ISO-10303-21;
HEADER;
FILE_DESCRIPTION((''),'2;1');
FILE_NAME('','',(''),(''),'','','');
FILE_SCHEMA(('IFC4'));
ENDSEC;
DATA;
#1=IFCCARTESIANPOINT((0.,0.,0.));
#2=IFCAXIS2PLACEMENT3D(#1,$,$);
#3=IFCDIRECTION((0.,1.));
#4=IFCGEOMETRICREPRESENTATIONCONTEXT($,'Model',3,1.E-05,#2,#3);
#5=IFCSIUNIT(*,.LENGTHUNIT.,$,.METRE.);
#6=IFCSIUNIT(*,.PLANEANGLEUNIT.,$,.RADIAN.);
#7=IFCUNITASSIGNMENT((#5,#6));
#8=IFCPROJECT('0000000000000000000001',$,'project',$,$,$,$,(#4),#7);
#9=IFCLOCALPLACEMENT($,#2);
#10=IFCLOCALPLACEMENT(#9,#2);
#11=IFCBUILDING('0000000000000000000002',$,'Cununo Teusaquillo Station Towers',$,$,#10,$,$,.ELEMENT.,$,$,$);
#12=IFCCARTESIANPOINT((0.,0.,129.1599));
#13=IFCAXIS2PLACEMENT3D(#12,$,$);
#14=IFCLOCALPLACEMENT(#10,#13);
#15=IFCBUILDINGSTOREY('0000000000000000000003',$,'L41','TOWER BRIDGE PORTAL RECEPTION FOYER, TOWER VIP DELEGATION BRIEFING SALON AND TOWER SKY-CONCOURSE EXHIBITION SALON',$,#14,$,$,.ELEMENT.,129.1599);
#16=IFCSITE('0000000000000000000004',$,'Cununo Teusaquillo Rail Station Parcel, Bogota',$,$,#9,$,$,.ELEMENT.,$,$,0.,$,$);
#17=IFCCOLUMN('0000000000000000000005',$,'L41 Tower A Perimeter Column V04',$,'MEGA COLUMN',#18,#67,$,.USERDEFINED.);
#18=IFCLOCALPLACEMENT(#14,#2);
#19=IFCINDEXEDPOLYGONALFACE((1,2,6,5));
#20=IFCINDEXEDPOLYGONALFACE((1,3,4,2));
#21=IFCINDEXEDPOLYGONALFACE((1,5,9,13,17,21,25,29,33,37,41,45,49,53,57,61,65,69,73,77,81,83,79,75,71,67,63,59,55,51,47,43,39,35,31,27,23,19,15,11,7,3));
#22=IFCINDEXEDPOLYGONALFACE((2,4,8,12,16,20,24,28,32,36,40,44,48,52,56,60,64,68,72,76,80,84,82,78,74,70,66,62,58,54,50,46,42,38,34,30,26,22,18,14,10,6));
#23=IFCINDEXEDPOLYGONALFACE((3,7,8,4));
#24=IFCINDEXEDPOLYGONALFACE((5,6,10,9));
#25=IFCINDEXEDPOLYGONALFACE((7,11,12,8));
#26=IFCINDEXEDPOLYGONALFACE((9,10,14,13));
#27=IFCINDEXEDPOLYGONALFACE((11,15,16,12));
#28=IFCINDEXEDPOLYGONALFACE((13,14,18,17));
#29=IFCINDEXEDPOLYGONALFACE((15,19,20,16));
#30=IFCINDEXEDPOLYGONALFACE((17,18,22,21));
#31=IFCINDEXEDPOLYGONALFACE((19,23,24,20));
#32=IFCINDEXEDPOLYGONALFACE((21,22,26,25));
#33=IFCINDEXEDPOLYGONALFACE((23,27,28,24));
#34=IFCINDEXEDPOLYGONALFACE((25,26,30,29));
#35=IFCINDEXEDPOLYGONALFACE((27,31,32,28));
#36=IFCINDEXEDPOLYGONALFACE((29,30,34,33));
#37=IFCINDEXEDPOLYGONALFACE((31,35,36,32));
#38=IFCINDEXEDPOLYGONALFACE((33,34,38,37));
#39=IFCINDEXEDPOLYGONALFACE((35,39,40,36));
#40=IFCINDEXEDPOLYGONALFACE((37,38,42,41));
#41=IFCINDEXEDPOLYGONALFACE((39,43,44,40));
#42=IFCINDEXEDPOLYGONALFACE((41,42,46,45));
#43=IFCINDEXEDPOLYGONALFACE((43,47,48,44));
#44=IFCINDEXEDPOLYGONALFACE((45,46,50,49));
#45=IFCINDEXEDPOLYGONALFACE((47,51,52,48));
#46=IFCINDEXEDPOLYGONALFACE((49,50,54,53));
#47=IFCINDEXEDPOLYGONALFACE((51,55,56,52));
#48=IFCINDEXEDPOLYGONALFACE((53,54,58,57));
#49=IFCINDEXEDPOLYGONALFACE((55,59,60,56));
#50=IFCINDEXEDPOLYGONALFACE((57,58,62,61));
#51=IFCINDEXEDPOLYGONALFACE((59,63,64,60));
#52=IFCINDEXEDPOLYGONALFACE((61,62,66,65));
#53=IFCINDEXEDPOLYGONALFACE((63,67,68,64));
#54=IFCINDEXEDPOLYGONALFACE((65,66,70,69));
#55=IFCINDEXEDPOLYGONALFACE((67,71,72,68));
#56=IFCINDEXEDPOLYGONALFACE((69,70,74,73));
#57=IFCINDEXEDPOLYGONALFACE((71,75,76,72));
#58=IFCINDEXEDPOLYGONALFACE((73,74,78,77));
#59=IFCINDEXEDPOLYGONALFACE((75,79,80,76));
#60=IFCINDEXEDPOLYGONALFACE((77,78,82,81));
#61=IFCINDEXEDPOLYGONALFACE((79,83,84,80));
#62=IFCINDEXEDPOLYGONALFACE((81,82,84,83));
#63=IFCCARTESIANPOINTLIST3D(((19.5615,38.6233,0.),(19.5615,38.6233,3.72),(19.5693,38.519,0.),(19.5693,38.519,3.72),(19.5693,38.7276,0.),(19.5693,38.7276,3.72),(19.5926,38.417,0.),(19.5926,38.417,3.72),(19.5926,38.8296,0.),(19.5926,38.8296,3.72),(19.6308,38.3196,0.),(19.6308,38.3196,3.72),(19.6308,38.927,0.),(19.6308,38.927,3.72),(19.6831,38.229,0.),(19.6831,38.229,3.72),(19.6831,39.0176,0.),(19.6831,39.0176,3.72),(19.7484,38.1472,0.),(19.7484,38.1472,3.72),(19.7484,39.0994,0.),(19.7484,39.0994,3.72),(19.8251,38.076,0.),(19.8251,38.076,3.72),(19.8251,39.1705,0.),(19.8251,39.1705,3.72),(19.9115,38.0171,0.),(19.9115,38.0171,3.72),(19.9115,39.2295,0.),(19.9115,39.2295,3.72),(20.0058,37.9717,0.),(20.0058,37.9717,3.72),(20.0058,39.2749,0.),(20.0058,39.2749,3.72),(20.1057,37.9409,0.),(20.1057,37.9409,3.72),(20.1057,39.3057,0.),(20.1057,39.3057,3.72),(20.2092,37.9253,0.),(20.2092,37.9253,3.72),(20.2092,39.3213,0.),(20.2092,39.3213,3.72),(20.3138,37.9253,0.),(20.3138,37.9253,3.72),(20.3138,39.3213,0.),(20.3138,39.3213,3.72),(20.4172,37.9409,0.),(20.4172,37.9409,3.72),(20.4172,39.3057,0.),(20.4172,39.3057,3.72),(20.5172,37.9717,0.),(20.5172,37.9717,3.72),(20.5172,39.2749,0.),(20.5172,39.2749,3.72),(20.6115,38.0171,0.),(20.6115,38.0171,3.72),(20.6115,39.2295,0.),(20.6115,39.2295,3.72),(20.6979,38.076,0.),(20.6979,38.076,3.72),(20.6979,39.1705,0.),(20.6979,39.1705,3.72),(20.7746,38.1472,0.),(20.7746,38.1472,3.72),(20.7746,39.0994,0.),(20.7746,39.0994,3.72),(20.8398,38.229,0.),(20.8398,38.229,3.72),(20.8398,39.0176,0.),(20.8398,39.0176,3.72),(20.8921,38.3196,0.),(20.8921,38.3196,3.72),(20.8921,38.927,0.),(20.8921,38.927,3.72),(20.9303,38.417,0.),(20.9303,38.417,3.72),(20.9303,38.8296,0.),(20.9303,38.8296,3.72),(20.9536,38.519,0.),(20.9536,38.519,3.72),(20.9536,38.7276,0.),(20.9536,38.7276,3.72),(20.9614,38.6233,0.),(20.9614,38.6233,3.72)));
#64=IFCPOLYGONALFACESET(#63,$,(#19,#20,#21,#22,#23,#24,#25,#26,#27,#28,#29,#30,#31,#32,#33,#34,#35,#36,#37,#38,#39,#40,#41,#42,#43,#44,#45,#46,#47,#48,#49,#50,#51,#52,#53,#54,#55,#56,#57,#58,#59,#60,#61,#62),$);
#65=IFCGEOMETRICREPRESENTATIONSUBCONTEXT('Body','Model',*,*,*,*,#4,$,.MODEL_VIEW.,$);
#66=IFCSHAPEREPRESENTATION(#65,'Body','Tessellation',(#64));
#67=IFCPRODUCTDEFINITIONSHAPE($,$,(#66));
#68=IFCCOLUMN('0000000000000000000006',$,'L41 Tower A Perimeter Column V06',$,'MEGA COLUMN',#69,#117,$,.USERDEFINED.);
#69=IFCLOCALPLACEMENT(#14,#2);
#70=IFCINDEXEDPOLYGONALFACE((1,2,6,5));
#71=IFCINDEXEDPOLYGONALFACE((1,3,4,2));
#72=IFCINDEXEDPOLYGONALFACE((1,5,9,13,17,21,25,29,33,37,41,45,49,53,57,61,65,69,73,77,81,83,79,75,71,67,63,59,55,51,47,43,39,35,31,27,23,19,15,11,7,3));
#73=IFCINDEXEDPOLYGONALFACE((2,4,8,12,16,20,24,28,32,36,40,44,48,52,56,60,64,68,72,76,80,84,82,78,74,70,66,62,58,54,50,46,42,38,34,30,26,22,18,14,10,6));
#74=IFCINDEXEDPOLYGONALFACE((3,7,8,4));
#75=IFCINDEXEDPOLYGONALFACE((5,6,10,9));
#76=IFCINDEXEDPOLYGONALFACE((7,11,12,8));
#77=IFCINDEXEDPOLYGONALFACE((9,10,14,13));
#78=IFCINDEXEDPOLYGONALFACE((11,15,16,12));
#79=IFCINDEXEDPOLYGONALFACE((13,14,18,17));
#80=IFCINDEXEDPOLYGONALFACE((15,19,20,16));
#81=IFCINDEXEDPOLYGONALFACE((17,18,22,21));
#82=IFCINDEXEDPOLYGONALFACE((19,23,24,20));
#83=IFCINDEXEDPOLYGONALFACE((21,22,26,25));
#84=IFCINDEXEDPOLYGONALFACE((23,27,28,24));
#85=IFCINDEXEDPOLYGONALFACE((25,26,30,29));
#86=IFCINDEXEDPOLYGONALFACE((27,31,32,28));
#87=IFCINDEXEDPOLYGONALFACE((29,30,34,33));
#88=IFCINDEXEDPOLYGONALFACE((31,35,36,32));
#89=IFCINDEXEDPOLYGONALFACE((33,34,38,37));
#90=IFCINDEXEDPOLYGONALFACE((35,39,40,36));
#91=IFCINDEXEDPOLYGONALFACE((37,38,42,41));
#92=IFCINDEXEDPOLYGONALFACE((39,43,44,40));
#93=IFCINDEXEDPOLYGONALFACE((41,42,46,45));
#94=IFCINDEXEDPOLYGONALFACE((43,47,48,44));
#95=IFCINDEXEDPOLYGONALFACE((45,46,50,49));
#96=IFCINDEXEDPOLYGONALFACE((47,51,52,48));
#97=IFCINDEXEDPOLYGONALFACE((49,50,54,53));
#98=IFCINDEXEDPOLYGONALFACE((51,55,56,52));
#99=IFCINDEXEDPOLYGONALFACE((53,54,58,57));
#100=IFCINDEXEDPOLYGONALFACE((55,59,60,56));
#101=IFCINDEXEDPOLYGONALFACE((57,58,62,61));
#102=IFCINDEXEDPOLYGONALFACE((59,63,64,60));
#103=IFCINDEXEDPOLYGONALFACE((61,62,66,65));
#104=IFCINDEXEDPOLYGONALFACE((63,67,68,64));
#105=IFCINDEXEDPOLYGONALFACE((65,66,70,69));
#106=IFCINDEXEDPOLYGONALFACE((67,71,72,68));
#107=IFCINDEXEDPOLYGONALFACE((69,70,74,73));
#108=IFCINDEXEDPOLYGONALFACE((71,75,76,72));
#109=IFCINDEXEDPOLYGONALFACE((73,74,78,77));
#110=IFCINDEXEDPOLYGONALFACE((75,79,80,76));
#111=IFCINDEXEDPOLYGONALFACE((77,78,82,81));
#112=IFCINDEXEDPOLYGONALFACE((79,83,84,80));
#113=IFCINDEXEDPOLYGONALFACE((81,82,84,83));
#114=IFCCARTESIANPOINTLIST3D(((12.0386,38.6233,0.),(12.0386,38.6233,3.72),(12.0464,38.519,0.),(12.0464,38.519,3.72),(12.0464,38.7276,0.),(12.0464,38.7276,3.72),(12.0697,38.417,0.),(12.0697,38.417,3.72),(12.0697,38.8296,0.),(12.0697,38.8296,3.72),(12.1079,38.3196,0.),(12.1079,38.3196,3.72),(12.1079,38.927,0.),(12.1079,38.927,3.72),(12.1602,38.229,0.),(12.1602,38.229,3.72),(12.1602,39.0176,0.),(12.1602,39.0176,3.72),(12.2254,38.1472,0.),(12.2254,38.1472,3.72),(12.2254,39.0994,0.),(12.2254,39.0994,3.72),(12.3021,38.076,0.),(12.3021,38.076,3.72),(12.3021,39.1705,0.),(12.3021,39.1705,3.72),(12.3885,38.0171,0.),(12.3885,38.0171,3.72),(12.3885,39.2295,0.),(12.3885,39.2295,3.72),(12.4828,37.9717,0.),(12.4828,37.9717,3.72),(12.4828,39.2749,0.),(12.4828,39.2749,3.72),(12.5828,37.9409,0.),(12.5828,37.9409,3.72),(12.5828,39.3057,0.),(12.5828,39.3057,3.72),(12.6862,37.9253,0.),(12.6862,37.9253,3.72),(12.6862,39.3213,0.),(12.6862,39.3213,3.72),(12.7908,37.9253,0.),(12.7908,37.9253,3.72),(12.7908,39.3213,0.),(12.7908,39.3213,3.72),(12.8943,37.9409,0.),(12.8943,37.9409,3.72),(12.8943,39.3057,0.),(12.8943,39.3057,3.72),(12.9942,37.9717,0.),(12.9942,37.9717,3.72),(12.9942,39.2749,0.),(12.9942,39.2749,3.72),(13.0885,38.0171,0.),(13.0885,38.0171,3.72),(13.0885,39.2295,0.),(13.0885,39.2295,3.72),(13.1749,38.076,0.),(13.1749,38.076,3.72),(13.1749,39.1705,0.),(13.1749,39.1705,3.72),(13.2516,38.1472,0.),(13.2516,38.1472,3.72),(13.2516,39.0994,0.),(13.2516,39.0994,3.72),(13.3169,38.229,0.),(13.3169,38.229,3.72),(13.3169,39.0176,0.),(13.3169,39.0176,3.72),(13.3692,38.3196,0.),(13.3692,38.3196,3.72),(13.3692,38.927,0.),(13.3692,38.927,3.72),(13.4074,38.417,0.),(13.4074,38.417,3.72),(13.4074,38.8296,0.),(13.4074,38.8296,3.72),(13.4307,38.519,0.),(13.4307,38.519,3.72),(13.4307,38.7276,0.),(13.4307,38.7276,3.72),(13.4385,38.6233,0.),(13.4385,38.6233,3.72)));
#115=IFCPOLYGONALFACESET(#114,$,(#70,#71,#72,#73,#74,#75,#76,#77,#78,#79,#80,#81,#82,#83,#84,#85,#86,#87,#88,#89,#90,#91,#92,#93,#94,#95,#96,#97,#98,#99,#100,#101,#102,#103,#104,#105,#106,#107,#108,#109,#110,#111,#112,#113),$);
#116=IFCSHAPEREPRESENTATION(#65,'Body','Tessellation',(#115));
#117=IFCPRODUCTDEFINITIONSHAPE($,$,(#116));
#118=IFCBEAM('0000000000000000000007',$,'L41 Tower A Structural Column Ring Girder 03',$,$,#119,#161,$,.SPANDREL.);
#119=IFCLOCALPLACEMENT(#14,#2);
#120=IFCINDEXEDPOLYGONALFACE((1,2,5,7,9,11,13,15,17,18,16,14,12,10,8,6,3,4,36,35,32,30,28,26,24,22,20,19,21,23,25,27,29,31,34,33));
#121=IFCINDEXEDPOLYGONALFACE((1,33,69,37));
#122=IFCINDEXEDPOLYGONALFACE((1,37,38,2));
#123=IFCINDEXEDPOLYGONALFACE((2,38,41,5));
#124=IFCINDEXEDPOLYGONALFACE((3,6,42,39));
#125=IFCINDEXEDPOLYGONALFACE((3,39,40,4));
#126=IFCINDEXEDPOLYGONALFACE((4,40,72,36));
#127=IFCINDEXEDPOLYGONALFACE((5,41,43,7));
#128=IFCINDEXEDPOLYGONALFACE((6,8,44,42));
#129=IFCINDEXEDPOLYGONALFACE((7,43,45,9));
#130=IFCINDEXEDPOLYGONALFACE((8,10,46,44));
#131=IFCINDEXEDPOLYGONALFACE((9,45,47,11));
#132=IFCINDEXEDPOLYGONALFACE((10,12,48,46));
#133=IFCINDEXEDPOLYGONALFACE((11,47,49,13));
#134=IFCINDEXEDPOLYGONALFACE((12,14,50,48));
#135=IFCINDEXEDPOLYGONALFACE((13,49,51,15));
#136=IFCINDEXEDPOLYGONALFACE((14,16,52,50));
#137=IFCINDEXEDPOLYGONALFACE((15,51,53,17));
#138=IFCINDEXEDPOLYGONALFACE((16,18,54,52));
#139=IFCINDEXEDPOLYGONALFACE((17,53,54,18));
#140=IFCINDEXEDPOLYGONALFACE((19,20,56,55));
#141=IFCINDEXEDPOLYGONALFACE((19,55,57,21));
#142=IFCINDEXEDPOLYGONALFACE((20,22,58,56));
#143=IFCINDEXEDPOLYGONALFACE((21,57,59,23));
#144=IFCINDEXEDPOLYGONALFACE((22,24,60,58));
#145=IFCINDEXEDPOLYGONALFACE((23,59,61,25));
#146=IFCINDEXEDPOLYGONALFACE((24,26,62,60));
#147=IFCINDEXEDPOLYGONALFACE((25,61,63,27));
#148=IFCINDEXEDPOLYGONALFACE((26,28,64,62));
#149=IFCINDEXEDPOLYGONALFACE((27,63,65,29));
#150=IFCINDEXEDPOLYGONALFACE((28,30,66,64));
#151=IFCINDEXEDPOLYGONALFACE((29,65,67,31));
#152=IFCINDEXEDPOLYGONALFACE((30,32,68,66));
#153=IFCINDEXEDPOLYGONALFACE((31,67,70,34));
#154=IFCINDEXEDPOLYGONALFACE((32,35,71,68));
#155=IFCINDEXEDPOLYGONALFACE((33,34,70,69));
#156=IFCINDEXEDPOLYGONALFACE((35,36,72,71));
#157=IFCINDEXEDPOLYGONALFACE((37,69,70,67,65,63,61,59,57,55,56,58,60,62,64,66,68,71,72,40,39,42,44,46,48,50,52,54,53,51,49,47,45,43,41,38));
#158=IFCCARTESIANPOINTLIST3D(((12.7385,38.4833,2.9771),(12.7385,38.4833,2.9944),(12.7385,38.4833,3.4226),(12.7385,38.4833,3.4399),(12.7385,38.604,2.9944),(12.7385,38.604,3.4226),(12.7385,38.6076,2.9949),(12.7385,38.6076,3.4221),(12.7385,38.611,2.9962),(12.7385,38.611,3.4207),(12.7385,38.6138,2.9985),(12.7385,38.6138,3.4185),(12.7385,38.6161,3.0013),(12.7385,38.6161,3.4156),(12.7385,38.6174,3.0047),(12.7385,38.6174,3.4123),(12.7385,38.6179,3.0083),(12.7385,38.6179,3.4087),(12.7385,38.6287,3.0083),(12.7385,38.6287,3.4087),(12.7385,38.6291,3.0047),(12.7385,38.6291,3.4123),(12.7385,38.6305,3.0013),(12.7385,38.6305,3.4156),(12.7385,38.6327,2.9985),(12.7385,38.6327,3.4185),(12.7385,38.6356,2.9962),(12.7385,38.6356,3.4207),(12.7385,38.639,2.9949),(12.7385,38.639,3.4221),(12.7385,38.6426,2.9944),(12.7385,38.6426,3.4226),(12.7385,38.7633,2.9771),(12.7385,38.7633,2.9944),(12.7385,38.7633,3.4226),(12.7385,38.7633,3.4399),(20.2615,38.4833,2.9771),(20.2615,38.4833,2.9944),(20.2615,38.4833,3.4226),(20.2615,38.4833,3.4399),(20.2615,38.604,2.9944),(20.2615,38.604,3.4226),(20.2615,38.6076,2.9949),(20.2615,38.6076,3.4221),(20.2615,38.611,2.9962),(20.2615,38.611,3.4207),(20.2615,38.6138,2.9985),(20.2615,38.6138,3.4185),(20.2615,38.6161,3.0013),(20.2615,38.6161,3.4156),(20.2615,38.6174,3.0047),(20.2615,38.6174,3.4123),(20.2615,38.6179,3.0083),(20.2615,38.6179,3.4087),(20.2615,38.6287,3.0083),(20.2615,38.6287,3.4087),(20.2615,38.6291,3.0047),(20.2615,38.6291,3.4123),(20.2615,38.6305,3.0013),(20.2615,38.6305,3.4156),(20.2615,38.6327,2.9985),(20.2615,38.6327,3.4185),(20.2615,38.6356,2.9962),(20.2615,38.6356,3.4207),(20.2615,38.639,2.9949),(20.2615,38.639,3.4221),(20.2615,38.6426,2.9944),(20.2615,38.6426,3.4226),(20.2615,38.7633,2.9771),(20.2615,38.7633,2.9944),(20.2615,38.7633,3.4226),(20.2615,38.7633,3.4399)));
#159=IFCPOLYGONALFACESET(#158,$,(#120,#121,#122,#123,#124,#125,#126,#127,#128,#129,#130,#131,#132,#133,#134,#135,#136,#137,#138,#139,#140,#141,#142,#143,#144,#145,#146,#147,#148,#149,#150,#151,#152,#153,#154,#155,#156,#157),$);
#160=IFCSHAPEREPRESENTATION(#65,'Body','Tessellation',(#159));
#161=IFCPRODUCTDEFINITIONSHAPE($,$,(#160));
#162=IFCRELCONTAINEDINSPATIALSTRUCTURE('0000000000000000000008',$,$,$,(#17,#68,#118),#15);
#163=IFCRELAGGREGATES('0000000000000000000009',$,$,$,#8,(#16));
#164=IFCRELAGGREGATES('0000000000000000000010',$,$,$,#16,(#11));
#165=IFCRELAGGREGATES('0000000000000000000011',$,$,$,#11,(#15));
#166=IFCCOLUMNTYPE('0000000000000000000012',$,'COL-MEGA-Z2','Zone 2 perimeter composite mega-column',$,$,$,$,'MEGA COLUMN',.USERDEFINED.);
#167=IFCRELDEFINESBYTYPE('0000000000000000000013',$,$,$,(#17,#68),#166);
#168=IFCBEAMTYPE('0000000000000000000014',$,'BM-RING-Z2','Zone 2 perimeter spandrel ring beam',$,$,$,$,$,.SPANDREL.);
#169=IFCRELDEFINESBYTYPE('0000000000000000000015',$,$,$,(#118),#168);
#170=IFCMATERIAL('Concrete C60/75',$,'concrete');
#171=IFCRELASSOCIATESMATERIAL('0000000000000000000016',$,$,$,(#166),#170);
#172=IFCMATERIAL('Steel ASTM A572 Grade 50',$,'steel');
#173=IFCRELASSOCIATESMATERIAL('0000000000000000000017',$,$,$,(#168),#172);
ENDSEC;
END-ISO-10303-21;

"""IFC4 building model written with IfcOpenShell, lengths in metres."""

from ifc_helpers import new_model, si_unit, direction, frame, origin, origin_2d, place, context, subcontext, project, spatial, circle, i_section, extrude, material, material_profile, profile_set, type_object, element, save


model = new_model("IFC4")

# Units and contexts
model_context = context("Model", 3, precision=1e-05, world=origin(), true_north=direction((0.0, 1.0)))
body_context = subcontext(model_context, "Body", "Model", "MODEL_VIEW")
ifc_project = project(units=[si_unit("LENGTHUNIT", "METRE"), si_unit("PLANEANGLEUNIT", "RADIAN")], contexts=[model_context])

# Site, building, storey
site_placement = place(None, origin())
site = spatial("IfcSite", under=ifc_project, at=site_placement, Name="Cununo Teusaquillo Rail Station Parcel, Bogota", CompositionType="ELEMENT", RefElevation=0.0)
building_placement = place(site_placement, origin())
building = spatial("IfcBuilding", under=site, at=building_placement, Name="Cununo Teusaquillo Station Towers", CompositionType="ELEMENT")
storey_placement = place(building_placement, frame((0.0, 0.0, 129.1599)))
storey = spatial("IfcBuildingStorey", under=building, at=storey_placement, Name="L41", Description="TOWER BRIDGE PORTAL RECEPTION FOYER, TOWER VIP DELEGATION BRIEFING SALON AND TOWER SKY-CONCOURSE EXHIBITION SALON", CompositionType="ELEMENT", Elevation=129.1599)

# Columns
ifc_material_1 = material(Name="Concrete C60/75", Category="concrete")
ifc_material_profile_1 = material_profile(ifc_material_1, circle(Radius=0.7, at=origin_2d()), Name="RC-CIRC-1400")
ifc_profile_set_1 = profile_set([ifc_material_profile_1], Name="Concrete C60/75")
column_type = type_object("IfcColumnType", Name="COL-MEGA-Z2", Description="Zone 2 perimeter composite mega-column", ElementType="MEGA COLUMN", PredefinedType="USERDEFINED", material=ifc_profile_set_1)
for number, where, z_axis, x_axis, name in (
    (1, (20.2615, 38.6233, 0.0), (0.0, 0.0, 1.0), (1.0, 0.0, 0.0), "L41 Tower A Perimeter Column V04"),
    (2, (12.7385, 38.6233, 0.0), (0.0, 0.0, 1.0), (1.0, 0.0, 0.0), "L41 Tower A Perimeter Column V06"),
):
    element("IfcColumn", number, at=place(storey_placement, frame(where, z_axis=z_axis, x_axis=x_axis)), inside=storey, type_object=column_type, Name=name, ObjectType="MEGA COLUMN", PredefinedType="USERDEFINED", context=body_context, shape_type="SweptSolid", body=[
        extrude(circle(Radius=0.7, at=origin_2d()), origin(), (0.0, 0.0, 1.0), 3.72),
    ])

# Beam
ifc_material_2 = material(Name="Steel ASTM A572 Grade 50", Category="steel")
ifc_material_profile_2 = material_profile(ifc_material_2, i_section(OverallWidth=0.28, OverallDepth=0.4629, WebThickness=0.0107, FlangeThickness=0.0173, FilletRadius=0.0139, at=origin_2d()), Name="W18X76")
ifc_profile_set_2 = profile_set([ifc_material_profile_2], Name="Steel ASTM A572 Grade 50")
beam_type = type_object("IfcBeamType", Name="BM-RING-Z2", Description="Zone 2 perimeter spandrel ring beam", PredefinedType="SPANDREL", material=ifc_profile_set_2)
beam_1_placement = place(storey_placement, frame((20.2615, 38.6233, 3.2085), z_axis=(-1.0, 0.0, 0.0), x_axis=(0.0, -1.0, 0.0)))
element("IfcBeam", 3, at=beam_1_placement, inside=storey, type_object=beam_type, Name="L41 Tower A Structural Column Ring Girder 03", PredefinedType="SPANDREL", context=body_context, shape_type="SweptSolid", body=[
    extrude(i_section(OverallWidth=0.28, OverallDepth=0.4629, WebThickness=0.0107, FlangeThickness=0.0173, FilletRadius=0.0139, at=origin_2d()), origin(), (0.0, 0.0, 1.0), 7.5229),
])

save(model, "model.ifc")
